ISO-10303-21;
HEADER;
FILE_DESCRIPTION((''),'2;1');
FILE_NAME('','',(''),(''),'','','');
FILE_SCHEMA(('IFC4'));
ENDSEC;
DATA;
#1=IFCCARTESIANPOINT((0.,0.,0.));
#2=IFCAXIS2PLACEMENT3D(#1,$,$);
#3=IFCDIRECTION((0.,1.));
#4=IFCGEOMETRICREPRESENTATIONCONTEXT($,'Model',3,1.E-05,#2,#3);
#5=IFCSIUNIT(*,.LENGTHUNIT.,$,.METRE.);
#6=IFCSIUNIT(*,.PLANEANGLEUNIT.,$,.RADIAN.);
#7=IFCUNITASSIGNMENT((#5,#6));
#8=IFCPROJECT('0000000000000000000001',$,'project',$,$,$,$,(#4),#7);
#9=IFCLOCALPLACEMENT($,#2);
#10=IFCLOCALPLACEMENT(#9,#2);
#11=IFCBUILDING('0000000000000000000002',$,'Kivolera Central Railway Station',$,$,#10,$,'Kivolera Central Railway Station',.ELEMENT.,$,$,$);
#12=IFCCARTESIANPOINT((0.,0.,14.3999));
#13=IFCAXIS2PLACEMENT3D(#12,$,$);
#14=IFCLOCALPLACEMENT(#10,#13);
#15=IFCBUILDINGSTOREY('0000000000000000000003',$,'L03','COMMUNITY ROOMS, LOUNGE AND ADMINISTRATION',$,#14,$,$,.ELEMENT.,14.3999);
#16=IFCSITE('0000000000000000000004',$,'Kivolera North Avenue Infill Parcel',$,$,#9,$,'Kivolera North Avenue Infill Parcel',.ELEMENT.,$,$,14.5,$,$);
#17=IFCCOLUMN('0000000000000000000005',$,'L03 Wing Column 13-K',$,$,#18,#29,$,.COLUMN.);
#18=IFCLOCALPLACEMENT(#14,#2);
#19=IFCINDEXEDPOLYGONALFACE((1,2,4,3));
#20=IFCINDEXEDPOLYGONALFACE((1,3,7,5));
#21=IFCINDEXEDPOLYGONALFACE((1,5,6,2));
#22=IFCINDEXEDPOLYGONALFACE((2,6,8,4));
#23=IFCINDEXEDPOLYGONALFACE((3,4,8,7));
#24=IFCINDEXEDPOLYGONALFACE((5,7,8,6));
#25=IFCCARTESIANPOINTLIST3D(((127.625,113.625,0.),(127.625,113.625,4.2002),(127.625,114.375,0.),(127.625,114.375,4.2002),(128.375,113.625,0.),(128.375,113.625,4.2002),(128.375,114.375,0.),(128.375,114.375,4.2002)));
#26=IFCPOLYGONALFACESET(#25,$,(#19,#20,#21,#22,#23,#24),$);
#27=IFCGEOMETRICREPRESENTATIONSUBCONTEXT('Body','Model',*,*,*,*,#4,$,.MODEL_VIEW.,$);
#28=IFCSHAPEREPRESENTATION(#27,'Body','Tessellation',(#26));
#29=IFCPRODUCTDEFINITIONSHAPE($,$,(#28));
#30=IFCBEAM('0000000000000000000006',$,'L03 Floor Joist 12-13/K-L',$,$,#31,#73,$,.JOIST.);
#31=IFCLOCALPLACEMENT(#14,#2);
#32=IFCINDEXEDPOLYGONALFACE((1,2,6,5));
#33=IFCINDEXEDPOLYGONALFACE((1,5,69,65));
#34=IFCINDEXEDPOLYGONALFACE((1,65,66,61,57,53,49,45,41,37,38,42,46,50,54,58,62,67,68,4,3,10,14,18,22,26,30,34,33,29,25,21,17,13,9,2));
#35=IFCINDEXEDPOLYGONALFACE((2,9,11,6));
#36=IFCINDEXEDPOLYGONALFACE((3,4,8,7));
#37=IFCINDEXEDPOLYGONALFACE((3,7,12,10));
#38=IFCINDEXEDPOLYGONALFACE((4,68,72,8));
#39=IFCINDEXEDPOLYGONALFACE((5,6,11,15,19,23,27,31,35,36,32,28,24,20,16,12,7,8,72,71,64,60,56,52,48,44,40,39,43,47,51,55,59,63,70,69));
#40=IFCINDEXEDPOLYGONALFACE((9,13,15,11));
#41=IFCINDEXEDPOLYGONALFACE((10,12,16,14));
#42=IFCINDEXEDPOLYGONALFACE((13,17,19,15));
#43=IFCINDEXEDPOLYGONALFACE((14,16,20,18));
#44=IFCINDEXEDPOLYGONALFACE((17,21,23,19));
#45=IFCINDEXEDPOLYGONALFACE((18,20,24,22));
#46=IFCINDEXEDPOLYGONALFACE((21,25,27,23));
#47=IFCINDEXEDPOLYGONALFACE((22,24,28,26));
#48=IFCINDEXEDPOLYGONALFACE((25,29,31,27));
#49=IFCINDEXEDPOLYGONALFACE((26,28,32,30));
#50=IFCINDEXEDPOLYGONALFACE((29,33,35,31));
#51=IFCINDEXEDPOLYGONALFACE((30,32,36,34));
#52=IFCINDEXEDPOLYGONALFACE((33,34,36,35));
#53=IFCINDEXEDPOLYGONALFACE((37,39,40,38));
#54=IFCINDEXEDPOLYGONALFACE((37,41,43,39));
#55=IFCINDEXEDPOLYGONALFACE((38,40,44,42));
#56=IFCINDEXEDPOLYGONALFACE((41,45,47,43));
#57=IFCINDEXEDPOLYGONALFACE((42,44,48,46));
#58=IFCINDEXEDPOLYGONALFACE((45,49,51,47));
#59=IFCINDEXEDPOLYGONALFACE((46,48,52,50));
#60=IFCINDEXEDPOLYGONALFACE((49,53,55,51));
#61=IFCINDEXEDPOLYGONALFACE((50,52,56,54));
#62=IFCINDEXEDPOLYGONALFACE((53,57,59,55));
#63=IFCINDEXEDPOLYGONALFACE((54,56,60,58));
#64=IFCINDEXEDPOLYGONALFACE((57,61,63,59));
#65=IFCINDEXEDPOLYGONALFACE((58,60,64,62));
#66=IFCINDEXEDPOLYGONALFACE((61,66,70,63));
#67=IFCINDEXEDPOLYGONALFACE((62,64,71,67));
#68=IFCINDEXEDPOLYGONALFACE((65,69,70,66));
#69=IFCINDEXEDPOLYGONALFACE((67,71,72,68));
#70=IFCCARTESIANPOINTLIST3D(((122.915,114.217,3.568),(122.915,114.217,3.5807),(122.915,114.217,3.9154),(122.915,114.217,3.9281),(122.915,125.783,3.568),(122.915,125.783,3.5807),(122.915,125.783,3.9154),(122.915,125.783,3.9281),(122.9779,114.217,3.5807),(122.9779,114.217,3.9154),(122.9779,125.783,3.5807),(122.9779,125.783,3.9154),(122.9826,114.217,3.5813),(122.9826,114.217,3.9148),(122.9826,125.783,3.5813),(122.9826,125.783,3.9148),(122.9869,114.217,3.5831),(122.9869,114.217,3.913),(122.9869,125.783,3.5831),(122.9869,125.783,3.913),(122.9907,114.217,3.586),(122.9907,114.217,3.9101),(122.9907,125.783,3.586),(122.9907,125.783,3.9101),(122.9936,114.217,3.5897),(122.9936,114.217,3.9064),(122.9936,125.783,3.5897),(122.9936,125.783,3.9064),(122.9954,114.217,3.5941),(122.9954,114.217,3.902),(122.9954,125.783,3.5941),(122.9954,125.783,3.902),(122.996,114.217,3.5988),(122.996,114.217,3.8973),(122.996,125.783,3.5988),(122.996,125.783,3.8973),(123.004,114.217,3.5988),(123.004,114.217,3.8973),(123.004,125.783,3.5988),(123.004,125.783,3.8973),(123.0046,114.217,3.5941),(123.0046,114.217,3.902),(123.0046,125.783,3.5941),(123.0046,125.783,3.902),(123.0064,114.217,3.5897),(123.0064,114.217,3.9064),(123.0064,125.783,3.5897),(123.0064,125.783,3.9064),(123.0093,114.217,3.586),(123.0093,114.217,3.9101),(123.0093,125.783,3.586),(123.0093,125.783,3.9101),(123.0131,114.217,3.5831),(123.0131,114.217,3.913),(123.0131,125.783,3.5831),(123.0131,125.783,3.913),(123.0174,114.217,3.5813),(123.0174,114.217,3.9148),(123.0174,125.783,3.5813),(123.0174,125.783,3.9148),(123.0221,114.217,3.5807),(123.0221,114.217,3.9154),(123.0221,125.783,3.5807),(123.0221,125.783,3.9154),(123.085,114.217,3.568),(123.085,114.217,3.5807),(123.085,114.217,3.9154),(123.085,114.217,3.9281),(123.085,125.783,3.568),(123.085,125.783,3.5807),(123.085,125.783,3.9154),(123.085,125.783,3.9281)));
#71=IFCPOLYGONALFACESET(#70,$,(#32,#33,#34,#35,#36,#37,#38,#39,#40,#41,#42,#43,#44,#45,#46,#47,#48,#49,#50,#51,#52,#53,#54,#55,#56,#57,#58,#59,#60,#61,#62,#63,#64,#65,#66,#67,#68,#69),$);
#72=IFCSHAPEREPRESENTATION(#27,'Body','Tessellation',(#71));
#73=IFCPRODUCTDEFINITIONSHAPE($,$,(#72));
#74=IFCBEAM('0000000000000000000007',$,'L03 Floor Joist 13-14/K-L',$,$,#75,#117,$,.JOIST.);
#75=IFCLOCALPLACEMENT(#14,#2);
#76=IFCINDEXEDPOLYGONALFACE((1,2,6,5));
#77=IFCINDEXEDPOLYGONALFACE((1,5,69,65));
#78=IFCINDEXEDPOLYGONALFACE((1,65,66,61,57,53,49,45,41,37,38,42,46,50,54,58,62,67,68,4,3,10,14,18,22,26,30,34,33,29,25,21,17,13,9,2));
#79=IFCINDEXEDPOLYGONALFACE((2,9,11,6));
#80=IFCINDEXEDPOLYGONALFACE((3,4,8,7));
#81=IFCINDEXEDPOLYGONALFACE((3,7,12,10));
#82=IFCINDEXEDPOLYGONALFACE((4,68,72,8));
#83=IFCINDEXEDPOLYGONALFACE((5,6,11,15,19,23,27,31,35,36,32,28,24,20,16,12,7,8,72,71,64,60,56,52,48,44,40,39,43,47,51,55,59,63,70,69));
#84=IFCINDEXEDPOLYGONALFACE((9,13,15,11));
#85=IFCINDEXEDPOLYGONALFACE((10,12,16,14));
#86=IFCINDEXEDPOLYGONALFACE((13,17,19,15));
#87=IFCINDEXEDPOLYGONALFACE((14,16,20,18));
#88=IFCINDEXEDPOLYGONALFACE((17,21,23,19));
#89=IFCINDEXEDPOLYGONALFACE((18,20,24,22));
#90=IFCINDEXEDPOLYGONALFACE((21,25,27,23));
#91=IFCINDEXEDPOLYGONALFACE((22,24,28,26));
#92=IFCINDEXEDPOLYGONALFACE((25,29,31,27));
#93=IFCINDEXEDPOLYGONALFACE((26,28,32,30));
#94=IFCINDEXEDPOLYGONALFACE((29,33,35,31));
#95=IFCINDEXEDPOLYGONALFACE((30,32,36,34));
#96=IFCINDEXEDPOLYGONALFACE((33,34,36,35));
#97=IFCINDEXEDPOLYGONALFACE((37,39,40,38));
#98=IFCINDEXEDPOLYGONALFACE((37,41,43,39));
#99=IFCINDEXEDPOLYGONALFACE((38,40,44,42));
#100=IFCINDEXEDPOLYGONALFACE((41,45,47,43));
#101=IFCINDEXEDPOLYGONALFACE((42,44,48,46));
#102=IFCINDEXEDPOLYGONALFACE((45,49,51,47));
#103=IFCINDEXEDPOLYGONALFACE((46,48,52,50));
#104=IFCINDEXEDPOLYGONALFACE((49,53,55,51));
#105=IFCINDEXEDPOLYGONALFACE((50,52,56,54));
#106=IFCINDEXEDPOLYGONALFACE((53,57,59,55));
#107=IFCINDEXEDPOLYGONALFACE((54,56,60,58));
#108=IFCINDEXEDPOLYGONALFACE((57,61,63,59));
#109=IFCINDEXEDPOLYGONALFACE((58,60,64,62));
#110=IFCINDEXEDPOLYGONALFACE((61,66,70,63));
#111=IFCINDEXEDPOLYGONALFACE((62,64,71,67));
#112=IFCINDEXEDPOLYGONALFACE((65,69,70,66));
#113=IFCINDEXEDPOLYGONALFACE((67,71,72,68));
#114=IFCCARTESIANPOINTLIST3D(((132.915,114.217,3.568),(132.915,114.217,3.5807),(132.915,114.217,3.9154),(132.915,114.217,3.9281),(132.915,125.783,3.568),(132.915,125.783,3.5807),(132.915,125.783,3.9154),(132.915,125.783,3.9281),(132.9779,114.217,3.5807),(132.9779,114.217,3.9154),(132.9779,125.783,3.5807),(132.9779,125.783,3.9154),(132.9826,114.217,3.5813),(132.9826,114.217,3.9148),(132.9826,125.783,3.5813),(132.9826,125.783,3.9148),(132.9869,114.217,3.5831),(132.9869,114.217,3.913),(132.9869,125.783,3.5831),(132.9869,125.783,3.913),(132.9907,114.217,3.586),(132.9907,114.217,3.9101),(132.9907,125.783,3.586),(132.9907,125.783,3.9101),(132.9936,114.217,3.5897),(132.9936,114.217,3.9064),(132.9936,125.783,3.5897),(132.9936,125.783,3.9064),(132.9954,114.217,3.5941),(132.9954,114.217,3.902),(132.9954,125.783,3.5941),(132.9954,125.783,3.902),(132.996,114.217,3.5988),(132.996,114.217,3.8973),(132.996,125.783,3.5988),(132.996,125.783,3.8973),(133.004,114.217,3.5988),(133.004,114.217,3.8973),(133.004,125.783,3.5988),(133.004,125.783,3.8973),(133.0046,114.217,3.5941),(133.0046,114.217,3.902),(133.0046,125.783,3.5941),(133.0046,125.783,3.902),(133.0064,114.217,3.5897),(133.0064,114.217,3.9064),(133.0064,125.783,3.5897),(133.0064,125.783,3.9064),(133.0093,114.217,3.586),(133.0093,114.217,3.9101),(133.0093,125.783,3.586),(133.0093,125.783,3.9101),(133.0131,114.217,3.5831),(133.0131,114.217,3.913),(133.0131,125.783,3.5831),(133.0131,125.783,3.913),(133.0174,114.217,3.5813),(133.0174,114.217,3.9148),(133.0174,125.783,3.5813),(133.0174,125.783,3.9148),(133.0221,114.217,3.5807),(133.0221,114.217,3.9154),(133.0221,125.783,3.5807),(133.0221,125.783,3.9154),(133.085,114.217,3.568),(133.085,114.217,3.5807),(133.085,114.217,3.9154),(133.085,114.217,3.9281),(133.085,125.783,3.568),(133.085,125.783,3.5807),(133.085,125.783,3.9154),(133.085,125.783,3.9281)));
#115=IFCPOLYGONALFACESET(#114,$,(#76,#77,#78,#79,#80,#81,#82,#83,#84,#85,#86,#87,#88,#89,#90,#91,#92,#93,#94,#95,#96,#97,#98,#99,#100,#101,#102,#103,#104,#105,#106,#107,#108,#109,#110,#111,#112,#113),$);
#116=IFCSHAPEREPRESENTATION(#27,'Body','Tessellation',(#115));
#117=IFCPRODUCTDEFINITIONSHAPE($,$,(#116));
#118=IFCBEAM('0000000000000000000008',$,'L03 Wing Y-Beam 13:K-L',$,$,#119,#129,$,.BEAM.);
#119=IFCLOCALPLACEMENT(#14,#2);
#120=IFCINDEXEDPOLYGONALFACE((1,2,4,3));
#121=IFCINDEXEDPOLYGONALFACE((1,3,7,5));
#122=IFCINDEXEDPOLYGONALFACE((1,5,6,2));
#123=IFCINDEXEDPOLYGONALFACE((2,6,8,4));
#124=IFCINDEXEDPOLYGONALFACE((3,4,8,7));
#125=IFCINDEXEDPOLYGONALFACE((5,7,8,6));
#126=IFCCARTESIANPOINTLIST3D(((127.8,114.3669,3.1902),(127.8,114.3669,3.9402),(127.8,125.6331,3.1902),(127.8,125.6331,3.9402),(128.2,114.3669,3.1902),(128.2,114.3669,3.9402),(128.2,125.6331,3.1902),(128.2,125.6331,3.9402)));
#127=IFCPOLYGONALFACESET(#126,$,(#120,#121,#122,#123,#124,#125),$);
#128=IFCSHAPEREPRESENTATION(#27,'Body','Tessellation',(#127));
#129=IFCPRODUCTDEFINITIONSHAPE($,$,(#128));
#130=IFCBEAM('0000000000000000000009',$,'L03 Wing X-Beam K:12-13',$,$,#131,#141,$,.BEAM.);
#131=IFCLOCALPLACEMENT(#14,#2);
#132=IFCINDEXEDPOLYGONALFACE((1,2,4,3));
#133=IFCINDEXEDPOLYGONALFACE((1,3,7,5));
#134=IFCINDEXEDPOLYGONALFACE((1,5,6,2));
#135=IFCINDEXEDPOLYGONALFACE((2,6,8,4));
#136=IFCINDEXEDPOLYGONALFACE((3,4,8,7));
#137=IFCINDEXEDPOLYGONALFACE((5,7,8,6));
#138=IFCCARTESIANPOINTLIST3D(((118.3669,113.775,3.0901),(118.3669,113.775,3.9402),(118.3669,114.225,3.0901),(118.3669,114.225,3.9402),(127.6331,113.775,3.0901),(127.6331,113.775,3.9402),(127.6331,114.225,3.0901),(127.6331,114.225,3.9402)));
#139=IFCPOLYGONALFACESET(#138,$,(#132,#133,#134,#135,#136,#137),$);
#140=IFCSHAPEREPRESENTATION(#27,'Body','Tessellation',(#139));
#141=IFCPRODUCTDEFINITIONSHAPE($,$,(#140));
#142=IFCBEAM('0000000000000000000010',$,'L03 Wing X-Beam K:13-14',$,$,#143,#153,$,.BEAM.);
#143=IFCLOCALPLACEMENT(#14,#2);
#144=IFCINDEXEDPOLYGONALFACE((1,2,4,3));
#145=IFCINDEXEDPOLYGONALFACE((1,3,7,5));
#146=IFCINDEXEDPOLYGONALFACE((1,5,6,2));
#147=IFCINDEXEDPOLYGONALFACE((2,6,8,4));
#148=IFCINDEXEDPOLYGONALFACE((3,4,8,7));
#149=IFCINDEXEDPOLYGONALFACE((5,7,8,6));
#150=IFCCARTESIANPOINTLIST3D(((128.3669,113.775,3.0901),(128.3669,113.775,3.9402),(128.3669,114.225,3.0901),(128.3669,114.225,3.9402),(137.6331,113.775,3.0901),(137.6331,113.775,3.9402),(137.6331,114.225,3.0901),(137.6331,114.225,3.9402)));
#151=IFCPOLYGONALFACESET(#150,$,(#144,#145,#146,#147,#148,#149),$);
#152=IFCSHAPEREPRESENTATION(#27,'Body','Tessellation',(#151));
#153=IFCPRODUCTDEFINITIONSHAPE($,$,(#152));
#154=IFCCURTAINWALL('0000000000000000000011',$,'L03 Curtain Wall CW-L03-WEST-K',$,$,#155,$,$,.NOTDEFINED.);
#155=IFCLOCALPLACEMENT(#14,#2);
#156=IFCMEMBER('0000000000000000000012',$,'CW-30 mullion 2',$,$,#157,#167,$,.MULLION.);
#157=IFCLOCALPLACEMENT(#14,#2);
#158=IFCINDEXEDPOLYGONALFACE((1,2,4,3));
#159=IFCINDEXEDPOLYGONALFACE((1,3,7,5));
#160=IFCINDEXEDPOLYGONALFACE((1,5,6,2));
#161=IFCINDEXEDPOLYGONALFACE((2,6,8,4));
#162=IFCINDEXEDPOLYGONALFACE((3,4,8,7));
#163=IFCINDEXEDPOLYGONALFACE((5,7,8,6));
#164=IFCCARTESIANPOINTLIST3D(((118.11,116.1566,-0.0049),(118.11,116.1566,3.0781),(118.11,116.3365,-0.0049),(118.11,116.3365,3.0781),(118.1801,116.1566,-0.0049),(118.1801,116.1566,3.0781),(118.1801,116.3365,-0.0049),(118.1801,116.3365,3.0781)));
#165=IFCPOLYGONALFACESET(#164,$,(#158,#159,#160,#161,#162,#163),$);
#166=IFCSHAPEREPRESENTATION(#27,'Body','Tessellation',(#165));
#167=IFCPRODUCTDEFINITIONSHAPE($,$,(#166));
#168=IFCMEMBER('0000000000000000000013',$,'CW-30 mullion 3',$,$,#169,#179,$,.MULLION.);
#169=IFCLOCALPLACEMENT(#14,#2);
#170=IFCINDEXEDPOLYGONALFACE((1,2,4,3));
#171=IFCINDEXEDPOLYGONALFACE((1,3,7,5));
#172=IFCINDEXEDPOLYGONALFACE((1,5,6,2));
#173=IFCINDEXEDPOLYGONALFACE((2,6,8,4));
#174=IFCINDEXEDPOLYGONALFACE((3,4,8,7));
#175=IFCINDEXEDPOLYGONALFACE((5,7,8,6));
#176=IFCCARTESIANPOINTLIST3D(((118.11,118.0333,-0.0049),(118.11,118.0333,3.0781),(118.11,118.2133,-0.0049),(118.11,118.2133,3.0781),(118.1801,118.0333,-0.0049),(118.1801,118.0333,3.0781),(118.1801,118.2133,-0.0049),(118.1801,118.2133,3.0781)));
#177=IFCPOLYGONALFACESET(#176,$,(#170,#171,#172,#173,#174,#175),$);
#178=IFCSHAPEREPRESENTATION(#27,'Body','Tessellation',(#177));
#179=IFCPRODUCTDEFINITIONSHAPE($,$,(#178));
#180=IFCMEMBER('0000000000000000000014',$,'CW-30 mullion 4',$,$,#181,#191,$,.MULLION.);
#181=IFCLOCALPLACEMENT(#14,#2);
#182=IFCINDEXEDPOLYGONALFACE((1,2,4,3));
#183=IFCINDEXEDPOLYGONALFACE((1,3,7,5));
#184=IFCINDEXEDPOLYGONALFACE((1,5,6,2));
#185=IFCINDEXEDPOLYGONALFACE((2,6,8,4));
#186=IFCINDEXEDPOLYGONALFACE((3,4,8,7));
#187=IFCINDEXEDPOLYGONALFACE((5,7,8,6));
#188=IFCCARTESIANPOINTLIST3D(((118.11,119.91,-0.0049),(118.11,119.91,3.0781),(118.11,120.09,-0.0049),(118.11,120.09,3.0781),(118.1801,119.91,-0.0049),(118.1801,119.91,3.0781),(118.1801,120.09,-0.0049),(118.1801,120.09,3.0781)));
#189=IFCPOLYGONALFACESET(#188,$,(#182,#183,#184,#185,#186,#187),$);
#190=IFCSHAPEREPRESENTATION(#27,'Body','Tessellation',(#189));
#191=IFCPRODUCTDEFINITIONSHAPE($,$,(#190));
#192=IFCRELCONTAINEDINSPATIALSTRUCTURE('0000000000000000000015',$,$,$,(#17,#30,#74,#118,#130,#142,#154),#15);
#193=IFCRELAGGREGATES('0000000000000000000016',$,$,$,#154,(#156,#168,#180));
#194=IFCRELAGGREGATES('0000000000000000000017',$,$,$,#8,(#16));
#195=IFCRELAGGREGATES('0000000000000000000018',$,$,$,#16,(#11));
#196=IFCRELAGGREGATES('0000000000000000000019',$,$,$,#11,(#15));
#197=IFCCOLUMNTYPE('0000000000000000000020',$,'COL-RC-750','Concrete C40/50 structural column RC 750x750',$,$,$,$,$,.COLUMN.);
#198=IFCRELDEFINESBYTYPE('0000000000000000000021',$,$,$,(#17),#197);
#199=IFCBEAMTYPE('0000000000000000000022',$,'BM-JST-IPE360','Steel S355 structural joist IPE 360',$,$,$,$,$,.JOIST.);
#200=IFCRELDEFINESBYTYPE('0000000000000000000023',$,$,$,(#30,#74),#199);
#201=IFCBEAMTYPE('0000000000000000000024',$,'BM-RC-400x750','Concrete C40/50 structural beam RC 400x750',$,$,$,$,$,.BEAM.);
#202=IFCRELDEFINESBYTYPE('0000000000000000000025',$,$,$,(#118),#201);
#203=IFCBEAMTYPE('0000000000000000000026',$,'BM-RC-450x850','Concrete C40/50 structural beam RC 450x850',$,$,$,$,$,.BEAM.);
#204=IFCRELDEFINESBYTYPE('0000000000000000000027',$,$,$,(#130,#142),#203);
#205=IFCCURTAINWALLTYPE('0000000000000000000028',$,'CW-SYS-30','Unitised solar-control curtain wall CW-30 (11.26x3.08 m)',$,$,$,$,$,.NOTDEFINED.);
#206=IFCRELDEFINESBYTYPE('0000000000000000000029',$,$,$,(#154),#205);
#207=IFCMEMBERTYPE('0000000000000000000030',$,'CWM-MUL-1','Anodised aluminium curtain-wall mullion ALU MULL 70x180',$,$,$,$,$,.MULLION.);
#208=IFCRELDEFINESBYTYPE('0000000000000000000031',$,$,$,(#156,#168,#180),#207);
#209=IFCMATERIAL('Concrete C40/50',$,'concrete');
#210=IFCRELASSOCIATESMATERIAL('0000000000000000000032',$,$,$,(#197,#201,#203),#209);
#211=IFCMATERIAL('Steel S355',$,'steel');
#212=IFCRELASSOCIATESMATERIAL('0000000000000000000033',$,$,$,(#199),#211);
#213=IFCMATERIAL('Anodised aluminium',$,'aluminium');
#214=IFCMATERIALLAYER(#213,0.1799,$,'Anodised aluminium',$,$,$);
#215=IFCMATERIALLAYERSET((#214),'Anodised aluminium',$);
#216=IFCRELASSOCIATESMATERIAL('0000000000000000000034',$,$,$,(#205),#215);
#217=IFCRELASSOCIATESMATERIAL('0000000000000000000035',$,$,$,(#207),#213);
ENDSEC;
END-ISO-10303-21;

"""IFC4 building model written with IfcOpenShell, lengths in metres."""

from ifc_helpers import new_model, si_unit, direction, frame, origin, origin_2d, place, context, subcontext, project, spatial, rectangle, i_section, extrude, material, layer, layer_set, material_profile, profile_set, type_object, element, aggregate, save


model = new_model("IFC4")

# Units and contexts
model_context = context("Model", 3, precision=1e-05, world=origin(), true_north=direction((0.0, 1.0)))
body_context = subcontext(model_context, "Body", "Model", "MODEL_VIEW")
ifc_project = project(units=[si_unit("LENGTHUNIT", "METRE"), si_unit("PLANEANGLEUNIT", "RADIAN")], contexts=[model_context])

# Site, building, storey
site_placement = place(None, origin())
site = spatial("IfcSite", under=ifc_project, at=site_placement, Name="Kivolera North Avenue Infill Parcel", LongName="Kivolera North Avenue Infill Parcel", CompositionType="ELEMENT", RefElevation=14.5)
building_placement = place(site_placement, origin())
building = spatial("IfcBuilding", under=site, at=building_placement, Name="Kivolera Central Railway Station", LongName="Kivolera Central Railway Station", CompositionType="ELEMENT")
storey_placement = place(building_placement, frame((0.0, 0.0, 14.3999)))
storey = spatial("IfcBuildingStorey", under=building, at=storey_placement, Name="L03", Description="COMMUNITY ROOMS, LOUNGE AND ADMINISTRATION", CompositionType="ELEMENT", Elevation=14.3999)

# Column
ifc_material_1 = material(Name="Concrete C40/50", Category="concrete")
ifc_material_profile_1 = material_profile(ifc_material_1, rectangle(XDim=0.75, YDim=0.75, at=origin_2d()), Name="RC 750x750")
ifc_profile_set_1 = profile_set([ifc_material_profile_1], Name="Concrete C40/50")
column_type = type_object("IfcColumnType", Name="COL-RC-750", Description="Concrete C40/50 structural column RC 750x750", PredefinedType="COLUMN", material=ifc_profile_set_1)
column_placement = place(storey_placement, frame((128.0, 114.0, 0.0), z_axis=(0.0, 0.0, 1.0), x_axis=(1.0, 0.0, 0.0)))
element("IfcColumn", 1, at=column_placement, inside=storey, type_object=column_type, Name="L03 Wing Column 13-K", PredefinedType="COLUMN", context=body_context, shape_type="SweptSolid", body=[
    extrude(rectangle(XDim=0.75, YDim=0.75, at=origin_2d()), origin(), (0.0, 0.0, 1.0), 4.2002),
])

# Beams
ifc_material_2 = material(Name="Steel S355", Category="steel")
ifc_material_profile_2 = material_profile(ifc_material_2, i_section(OverallWidth=0.1699, OverallDepth=0.3601, WebThickness=0.0081, FlangeThickness=0.0127, FilletRadius=0.0181, at=origin_2d()), Name="IPE 360")
ifc_profile_set_2 = profile_set([ifc_material_profile_2], Name="Steel S355")
beam_type_1 = type_object("IfcBeamType", Name="BM-JST-IPE360", Description="Steel S355 structural joist IPE 360", PredefinedType="JOIST", material=ifc_profile_set_2)
for number, where, z_axis, x_axis, name in (
    (2, (123.0, 114.217, 3.748), (0.0, 1.0, 0.0), (-1.0, 0.0, 0.0), "L03 Floor Joist 12-13/K-L"),
    (3, (133.0, 114.217, 3.748), (0.0, 1.0, 0.0), (-1.0, 0.0, 0.0), "L03 Floor Joist 13-14/K-L"),
):
    element("IfcBeam", number, at=place(storey_placement, frame(where, z_axis=z_axis, x_axis=x_axis)), inside=storey, type_object=beam_type_1, Name=name, PredefinedType="JOIST", context=body_context, shape_type="SweptSolid", body=[
        extrude(i_section(OverallWidth=0.1699, OverallDepth=0.3601, WebThickness=0.0081, FlangeThickness=0.0127, FilletRadius=0.0181, at=origin_2d()), origin(), (0.0, 0.0, 1.0), 11.5659),
    ])
ifc_material_profile_3 = material_profile(ifc_material_1, rectangle(XDim=0.3999, YDim=0.75, at=origin_2d()), Name="RC 400x750")
ifc_profile_set_3 = profile_set([ifc_material_profile_3], Name="Concrete C40/50")
beam_type_2 = type_object("IfcBeamType", Name="BM-RC-400x750", Description="Concrete C40/50 structural beam RC 400x750", PredefinedType="BEAM", material=ifc_profile_set_3)
beam_placement = place(storey_placement, frame((128.0, 114.3669, 3.5652), z_axis=(0.0, 1.0, 0.0), x_axis=(-1.0, 0.0, 0.0)))
element("IfcBeam", 4, at=beam_placement, inside=storey, type_object=beam_type_2, Name="L03 Wing Y-Beam 13:K-L", PredefinedType="BEAM", context=body_context, shape_type="SweptSolid", body=[
    extrude(rectangle(XDim=0.3999, YDim=0.75, at=origin_2d()), origin(), (0.0, 0.0, 1.0), 11.2661),
])
ifc_material_profile_4 = material_profile(ifc_material_1, rectangle(XDim=0.45, YDim=0.8501, at=origin_2d()), Name="RC 450x850")
ifc_profile_set_4 = profile_set([ifc_material_profile_4], Name="Concrete C40/50")
beam_type_3 = type_object("IfcBeamType", Name="BM-RC-450x850", Description="Concrete C40/50 structural beam RC 450x850", PredefinedType="BEAM", material=ifc_profile_set_4)
for number, where, z_axis, x_axis, name in (
    (5, (118.3669, 114.0, 3.5151), (1.0, 0.0, 0.0), (0.0, 1.0, 0.0), "L03 Wing X-Beam K:12-13"),
    (6, (128.3669, 114.0, 3.5151), (1.0, 0.0, 0.0), (0.0, 1.0, 0.0), "L03 Wing X-Beam K:13-14"),
):
    element("IfcBeam", number, at=place(storey_placement, frame(where, z_axis=z_axis, x_axis=x_axis)), inside=storey, type_object=beam_type_3, Name=name, PredefinedType="BEAM", context=body_context, shape_type="SweptSolid", body=[
        extrude(rectangle(XDim=0.45, YDim=0.8501, at=origin_2d()), origin(), (0.0, 0.0, 1.0), 9.2661),
    ])

# Curtain wall, members
ifc_material_3 = material(Name="Anodised aluminium", Category="aluminium")
ifc_layer_1 = layer(ifc_material_3, 0.1799, Name="Anodised aluminium")
ifc_layer_set_1 = layer_set([ifc_layer_1], Name="Anodised aluminium")
curtain_wall_type = type_object("IfcCurtainWallType", Name="CW-SYS-30", Description="Unitised solar-control curtain wall CW-30 (11.26x3.08 m)", PredefinedType="NOTDEFINED", material=ifc_layer_set_1)
curtain_wall_placement = place(storey_placement, origin())
curtain_wall = element("IfcCurtainWall", 7, at=curtain_wall_placement, inside=storey, type_object=curtain_wall_type, Name="L03 Curtain Wall CW-L03-WEST-K", PredefinedType="NOTDEFINED")
ifc_material_profile_5 = material_profile(ifc_material_3, rectangle(XDim=0.0701, YDim=0.1799, at=origin_2d()), Name="ALU MULL 70x180")
ifc_profile_set_5 = profile_set([ifc_material_profile_5], Name="Anodised aluminium")
member_type_1 = type_object("IfcMemberType", Name="CWM-MUL-1", Description="Anodised aluminium curtain-wall mullion ALU MULL 70x180", PredefinedType="MULLION", material=ifc_profile_set_5)
member_1_placement = place(storey_placement, frame((118.145, 116.2466, -0.0049), z_axis=(0.0, 0.0, 1.0), x_axis=(-1.0, 0.0, 0.0)))
member_1 = element("IfcMember", 8, at=member_1_placement, type_object=member_type_1, Name="CW-30 mullion 2", PredefinedType="MULLION", context=body_context, shape_type="SweptSolid", body=[
    extrude(rectangle(XDim=0.0701, YDim=0.1799, at=origin_2d()), origin(), (0.0, 0.0, 1.0), 3.083),
])
member_2_placement = place(storey_placement, frame((118.145, 118.1233, -0.0049), z_axis=(0.0, 0.0, 1.0), x_axis=(-1.0, 0.0, 0.0)))
member_2 = element("IfcMember", 9, at=member_2_placement, type_object=member_type_1, Name="CW-30 mullion 3", PredefinedType="MULLION", context=body_context, shape_type="SweptSolid", body=[
    extrude(rectangle(XDim=0.0701, YDim=0.1799, at=origin_2d()), origin(), (0.0, 0.0, 1.0), 3.083),
])
member_3_placement = place(storey_placement, frame((118.145, 120.0, -0.0049), z_axis=(0.0, 0.0, 1.0), x_axis=(-1.0, 0.0, 0.0)))
member_3 = element("IfcMember", 10, at=member_3_placement, type_object=member_type_1, Name="CW-30 mullion 4", PredefinedType="MULLION", context=body_context, shape_type="SweptSolid", body=[
    extrude(rectangle(XDim=0.0701, YDim=0.1799, at=origin_2d()), origin(), (0.0, 0.0, 1.0), 3.083),
])
aggregate(curtain_wall, [member_1, member_2, member_3])

save(model, "model.ifc")
